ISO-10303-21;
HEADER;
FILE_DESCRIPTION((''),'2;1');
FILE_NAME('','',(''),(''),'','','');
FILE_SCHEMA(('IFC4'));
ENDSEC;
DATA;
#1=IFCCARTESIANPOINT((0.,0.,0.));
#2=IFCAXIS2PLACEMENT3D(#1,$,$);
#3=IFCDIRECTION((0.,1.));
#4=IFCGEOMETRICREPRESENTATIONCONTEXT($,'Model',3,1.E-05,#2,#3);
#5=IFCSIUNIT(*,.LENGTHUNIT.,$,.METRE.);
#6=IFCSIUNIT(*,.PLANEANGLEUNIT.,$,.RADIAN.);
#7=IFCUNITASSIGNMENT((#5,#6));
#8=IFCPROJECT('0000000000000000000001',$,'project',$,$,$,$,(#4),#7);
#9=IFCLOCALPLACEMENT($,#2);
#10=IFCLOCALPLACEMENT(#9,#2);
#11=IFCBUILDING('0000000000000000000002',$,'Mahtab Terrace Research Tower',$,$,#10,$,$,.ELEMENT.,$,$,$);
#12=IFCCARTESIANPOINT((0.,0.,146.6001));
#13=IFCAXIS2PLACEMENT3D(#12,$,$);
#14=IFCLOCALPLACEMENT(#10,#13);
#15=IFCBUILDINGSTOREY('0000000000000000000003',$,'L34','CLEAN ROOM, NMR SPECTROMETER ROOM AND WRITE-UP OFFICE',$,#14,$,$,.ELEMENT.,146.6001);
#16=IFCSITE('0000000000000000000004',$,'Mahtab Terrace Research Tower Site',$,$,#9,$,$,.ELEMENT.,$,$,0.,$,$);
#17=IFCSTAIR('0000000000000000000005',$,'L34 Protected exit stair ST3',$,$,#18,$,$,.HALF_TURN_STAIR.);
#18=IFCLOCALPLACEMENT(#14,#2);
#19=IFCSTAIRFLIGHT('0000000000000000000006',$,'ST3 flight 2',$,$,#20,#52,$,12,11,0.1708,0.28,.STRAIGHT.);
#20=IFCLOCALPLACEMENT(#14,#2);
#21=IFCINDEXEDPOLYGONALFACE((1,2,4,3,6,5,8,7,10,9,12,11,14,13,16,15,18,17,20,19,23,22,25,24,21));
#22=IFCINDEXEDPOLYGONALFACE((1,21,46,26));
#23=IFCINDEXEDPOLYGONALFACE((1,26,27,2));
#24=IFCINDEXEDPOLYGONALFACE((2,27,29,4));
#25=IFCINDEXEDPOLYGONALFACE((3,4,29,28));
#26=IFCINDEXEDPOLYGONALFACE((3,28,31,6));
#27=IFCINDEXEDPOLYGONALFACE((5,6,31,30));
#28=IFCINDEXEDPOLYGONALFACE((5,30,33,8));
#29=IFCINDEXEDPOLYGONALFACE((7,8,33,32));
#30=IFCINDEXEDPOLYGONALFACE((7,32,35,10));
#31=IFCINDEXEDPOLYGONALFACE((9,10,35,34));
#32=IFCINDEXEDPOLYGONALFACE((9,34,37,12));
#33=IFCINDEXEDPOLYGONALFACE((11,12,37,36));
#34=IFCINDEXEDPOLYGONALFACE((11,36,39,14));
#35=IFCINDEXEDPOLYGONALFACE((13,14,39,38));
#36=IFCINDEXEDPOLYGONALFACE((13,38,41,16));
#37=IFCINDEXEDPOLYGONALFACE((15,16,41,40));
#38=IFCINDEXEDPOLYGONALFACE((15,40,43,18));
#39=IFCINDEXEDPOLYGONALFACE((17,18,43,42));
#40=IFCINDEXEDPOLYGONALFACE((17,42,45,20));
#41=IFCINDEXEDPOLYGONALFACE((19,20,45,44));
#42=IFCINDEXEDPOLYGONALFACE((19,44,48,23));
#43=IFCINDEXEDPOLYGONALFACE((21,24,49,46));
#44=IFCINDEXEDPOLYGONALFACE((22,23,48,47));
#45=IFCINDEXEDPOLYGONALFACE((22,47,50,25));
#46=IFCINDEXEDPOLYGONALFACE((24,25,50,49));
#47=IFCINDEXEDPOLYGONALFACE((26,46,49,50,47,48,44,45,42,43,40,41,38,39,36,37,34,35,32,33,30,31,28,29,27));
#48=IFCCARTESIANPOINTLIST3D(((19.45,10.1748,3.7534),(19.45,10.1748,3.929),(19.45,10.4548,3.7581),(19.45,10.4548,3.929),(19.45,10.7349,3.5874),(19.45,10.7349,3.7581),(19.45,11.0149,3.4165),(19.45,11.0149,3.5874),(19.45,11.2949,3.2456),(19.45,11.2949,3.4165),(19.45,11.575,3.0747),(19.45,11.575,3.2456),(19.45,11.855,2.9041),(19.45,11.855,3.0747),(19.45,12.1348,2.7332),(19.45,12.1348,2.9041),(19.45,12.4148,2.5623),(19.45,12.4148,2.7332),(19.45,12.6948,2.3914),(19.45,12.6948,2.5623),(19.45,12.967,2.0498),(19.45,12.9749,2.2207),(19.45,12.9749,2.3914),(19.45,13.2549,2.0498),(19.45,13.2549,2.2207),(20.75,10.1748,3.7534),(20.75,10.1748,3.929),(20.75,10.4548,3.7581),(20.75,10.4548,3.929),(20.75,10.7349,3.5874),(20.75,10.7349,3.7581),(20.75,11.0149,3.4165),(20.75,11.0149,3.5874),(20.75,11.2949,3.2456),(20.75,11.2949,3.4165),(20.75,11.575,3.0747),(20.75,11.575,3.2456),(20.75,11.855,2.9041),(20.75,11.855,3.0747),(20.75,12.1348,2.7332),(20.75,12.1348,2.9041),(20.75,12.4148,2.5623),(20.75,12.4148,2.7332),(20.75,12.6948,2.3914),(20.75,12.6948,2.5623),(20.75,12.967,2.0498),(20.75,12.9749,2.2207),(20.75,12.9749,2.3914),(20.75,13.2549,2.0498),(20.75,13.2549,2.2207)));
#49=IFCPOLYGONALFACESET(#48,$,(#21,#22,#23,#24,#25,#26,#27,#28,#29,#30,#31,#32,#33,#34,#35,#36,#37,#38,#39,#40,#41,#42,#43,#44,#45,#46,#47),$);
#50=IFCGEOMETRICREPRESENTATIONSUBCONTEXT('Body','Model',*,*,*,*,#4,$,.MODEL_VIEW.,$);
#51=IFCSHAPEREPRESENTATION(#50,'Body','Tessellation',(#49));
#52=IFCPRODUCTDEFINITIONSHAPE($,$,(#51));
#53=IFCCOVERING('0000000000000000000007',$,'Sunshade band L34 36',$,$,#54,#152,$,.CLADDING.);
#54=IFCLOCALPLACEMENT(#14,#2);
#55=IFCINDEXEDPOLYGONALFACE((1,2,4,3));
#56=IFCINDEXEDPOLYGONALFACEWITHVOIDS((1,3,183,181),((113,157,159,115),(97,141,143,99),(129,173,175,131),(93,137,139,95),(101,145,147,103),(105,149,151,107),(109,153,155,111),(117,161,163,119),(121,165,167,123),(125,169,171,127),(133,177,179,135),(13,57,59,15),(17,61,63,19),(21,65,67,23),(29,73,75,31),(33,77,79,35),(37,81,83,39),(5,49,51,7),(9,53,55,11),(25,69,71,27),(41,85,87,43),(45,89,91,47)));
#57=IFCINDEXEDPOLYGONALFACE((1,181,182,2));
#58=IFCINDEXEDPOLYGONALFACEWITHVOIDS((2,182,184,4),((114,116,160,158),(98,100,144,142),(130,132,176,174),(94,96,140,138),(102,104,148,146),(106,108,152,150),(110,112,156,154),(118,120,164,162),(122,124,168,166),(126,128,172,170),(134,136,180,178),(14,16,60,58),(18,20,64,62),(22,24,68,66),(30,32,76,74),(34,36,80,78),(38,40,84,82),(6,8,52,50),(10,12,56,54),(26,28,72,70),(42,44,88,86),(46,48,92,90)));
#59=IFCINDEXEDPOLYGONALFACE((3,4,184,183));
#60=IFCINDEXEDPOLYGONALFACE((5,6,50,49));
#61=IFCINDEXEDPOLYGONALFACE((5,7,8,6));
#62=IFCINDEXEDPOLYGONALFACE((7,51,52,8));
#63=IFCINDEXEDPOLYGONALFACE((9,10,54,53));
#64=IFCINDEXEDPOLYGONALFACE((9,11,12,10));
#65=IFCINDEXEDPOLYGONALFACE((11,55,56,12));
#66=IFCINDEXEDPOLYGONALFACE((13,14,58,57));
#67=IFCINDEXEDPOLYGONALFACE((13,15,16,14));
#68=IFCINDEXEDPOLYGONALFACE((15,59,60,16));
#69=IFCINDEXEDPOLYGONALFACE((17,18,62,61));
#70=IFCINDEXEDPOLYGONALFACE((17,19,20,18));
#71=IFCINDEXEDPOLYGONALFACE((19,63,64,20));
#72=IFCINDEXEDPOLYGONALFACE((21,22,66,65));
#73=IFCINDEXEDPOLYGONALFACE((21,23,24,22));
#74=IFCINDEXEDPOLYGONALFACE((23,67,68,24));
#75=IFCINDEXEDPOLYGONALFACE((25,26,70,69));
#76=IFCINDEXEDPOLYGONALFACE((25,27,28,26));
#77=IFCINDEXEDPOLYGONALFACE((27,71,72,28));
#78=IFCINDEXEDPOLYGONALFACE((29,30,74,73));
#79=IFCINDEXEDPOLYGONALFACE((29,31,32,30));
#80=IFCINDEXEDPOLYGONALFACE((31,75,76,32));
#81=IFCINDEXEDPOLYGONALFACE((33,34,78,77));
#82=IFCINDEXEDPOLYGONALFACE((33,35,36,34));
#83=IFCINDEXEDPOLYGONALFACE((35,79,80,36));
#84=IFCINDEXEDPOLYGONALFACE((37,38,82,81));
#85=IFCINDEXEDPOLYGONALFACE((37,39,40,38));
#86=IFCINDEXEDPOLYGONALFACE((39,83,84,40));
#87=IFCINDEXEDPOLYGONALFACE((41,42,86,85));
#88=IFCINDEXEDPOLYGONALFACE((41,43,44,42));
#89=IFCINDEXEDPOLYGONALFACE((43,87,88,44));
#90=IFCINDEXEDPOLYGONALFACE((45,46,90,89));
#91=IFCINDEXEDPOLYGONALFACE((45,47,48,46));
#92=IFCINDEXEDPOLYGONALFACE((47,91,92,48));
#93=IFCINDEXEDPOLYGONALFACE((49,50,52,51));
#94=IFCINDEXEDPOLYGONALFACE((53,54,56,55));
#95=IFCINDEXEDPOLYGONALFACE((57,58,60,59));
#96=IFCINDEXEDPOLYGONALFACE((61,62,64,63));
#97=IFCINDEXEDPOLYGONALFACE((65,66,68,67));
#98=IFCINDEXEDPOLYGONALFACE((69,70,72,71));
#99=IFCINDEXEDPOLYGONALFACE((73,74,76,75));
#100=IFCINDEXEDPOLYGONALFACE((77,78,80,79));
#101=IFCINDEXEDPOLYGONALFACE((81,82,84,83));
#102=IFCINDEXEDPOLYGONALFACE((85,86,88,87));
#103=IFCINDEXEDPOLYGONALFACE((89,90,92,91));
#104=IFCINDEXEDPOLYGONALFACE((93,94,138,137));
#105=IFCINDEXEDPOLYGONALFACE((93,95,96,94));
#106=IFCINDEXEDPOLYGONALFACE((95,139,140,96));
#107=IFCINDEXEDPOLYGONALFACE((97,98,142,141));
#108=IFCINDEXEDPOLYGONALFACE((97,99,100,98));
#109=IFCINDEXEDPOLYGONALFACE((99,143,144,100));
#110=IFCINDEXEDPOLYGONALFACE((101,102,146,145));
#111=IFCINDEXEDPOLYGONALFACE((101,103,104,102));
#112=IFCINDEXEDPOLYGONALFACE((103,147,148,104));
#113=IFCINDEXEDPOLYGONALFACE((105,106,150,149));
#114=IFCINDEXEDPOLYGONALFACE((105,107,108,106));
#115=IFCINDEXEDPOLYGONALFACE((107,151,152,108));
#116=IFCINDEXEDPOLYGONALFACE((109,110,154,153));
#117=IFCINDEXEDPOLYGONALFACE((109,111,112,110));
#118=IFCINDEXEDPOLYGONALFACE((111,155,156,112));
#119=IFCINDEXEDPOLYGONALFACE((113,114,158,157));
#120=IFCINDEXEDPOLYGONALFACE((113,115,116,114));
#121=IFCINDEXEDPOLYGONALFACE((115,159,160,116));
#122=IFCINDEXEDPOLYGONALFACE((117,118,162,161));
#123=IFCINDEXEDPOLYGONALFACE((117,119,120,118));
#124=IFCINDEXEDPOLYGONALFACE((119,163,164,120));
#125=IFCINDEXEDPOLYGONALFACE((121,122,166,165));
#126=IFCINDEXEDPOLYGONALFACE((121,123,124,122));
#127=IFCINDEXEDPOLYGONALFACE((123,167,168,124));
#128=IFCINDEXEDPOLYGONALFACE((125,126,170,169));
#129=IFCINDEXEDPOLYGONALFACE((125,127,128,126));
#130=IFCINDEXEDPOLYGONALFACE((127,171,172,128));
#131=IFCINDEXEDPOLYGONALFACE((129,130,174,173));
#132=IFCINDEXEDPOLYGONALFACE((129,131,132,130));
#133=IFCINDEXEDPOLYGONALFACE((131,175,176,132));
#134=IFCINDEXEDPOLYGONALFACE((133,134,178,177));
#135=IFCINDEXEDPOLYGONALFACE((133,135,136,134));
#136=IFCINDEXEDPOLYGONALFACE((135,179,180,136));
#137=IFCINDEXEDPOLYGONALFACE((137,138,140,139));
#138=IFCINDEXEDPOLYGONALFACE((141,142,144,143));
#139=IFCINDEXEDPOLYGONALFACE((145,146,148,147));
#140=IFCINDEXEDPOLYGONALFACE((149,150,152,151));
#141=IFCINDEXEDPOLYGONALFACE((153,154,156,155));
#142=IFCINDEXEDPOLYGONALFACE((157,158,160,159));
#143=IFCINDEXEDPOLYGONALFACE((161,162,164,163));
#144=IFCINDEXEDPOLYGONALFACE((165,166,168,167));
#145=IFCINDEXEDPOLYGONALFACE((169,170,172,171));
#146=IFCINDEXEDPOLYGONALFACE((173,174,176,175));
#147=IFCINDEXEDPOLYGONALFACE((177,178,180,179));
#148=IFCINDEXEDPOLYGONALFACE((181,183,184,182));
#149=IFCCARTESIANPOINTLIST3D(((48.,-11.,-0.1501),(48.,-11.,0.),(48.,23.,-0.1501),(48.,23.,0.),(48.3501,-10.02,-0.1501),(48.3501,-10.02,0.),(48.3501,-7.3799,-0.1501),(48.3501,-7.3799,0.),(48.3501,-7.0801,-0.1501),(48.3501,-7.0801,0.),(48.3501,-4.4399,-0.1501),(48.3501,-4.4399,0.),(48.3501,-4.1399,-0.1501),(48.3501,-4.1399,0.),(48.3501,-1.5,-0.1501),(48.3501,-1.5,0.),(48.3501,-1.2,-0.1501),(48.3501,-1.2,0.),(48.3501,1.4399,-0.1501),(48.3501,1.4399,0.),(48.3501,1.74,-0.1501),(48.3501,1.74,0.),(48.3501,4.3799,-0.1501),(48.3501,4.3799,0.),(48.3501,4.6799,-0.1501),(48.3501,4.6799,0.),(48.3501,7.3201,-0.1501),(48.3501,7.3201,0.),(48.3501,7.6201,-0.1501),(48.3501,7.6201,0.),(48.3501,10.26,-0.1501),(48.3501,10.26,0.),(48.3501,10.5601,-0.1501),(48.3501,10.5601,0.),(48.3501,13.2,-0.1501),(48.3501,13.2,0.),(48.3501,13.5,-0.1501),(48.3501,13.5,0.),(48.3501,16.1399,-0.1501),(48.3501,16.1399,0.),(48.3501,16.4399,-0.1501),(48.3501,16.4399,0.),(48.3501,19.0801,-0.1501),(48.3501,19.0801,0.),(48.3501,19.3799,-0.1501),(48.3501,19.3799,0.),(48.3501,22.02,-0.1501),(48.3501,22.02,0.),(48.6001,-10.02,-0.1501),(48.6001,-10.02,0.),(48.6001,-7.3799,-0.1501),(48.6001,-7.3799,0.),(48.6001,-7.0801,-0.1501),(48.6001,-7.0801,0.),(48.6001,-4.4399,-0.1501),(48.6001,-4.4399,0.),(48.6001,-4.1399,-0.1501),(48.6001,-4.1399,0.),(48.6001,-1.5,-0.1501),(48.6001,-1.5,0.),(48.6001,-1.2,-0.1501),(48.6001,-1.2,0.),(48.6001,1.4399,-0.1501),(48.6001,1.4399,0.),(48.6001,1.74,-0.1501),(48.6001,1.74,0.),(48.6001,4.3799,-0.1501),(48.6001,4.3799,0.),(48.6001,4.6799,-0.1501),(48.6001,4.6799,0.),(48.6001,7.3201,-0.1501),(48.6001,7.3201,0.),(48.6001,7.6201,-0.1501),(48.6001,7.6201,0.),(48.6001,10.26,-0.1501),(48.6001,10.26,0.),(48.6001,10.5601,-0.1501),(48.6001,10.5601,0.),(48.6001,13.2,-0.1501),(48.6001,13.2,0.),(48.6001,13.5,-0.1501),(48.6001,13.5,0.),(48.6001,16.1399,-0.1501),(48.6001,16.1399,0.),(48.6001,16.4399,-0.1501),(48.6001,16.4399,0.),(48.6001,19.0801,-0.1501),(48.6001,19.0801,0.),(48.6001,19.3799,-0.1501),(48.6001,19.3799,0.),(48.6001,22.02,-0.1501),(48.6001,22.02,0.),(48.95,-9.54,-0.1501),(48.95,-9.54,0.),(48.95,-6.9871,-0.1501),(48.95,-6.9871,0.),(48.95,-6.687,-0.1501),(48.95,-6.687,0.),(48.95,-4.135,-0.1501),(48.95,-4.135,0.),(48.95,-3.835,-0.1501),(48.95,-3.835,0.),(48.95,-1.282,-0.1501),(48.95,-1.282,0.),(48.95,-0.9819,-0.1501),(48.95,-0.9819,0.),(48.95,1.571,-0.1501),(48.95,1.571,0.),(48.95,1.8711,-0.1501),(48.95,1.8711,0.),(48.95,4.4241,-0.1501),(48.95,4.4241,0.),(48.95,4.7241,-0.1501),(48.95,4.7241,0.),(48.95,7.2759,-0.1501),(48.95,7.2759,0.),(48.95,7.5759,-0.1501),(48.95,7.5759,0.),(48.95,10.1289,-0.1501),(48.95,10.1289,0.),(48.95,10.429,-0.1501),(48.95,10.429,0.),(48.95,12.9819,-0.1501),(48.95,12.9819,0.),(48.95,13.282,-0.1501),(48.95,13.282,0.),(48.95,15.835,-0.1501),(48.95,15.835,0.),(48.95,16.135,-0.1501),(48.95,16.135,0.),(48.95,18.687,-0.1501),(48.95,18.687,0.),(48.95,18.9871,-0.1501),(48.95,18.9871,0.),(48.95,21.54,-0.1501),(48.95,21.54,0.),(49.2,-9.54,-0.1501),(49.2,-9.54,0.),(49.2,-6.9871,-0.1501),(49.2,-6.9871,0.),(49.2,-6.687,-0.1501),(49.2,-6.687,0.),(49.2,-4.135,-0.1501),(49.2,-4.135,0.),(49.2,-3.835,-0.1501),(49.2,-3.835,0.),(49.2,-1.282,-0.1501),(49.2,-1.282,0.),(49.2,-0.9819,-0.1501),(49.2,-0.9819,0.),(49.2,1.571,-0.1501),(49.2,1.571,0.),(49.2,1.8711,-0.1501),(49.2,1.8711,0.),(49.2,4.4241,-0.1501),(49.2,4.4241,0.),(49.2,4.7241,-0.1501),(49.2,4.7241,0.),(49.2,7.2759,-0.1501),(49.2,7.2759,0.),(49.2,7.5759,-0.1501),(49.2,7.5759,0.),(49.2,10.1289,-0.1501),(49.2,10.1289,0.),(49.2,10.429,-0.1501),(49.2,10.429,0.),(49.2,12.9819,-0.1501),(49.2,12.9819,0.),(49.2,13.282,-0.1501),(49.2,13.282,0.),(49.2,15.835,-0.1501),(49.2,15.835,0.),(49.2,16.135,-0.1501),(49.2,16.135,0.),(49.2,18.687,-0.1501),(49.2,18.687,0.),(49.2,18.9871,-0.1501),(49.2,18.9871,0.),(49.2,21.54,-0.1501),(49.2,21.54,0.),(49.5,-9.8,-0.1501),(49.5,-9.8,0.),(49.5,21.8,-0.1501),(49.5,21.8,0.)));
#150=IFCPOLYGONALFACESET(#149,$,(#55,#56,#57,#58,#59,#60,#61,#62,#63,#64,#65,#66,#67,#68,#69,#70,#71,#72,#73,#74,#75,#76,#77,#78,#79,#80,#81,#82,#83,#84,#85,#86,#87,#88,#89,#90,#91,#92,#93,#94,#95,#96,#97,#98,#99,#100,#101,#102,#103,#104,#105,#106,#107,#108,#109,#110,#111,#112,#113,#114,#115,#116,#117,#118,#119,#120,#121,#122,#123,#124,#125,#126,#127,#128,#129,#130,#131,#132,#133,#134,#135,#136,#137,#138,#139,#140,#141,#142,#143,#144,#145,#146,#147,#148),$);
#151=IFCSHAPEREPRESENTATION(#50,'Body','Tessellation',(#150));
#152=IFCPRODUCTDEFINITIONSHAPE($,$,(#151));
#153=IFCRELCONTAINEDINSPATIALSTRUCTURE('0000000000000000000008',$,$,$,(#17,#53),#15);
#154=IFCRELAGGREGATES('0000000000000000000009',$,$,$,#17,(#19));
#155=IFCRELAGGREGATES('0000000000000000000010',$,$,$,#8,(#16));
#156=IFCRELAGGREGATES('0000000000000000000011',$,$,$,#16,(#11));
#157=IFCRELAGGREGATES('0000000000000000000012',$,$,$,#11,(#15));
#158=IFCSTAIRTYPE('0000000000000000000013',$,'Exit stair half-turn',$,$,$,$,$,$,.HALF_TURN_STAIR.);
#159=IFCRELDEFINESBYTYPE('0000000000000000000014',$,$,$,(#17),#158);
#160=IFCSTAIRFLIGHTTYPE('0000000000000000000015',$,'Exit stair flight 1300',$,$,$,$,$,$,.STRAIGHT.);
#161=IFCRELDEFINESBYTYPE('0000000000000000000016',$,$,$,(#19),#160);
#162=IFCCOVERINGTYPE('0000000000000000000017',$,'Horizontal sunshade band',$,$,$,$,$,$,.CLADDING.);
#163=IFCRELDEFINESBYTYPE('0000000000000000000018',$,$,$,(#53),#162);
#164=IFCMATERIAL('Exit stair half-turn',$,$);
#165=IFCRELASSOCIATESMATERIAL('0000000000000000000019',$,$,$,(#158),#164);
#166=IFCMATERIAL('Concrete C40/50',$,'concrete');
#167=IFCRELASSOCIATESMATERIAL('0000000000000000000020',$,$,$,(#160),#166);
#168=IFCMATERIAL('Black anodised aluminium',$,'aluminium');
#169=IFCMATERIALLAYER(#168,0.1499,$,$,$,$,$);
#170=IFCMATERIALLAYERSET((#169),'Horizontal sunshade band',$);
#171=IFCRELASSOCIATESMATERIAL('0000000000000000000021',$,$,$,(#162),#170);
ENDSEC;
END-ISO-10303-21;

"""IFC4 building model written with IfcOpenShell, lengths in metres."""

from ifc_helpers import new_model, si_unit, direction, frame, origin, place, context, subcontext, project, spatial, polyline, outline, extrude, material, layer, layer_set, type_object, element, aggregate, save


model = new_model("IFC4")

# Units and contexts
model_context = context("Model", 3, precision=1e-05, world=origin(), true_north=direction((0.0, 1.0)))
body_context = subcontext(model_context, "Body", "Model", "MODEL_VIEW")
ifc_project = project(units=[si_unit("LENGTHUNIT", "METRE"), si_unit("PLANEANGLEUNIT", "RADIAN")], contexts=[model_context])

# Site, building, storey
site_placement = place(None, origin())
site = spatial("IfcSite", under=ifc_project, at=site_placement, Name="Mahtab Terrace Research Tower Site", CompositionType="ELEMENT", RefElevation=0.0)
building_placement = place(site_placement, origin())
building = spatial("IfcBuilding", under=site, at=building_placement, Name="Mahtab Terrace Research Tower", CompositionType="ELEMENT")
storey_placement = place(building_placement, frame((0.0, 0.0, 146.6001)))
storey = spatial("IfcBuildingStorey", under=building, at=storey_placement, Name="L34", Description="CLEAN ROOM, NMR SPECTROMETER ROOM AND WRITE-UP OFFICE", CompositionType="ELEMENT", Elevation=146.6001)

# Stair
ifc_material_1 = material(Name="Exit stair half-turn")
stair_type = type_object("IfcStairType", Name="Exit stair half-turn", PredefinedType="HALF_TURN_STAIR", material=ifc_material_1)
ifc_material_2 = material(Name="Concrete C40/50", Category="concrete")
stair_1_placement = place(storey_placement, origin())
stair_1 = element("IfcStair", 1, at=stair_1_placement, inside=storey, type_object=stair_type, Name="L34 Protected exit stair ST3", PredefinedType="HALF_TURN_STAIR")

# Stair flight
stair_flight_type = type_object("IfcStairFlightType", Name="Exit stair flight 1300", PredefinedType="STRAIGHT", material=ifc_material_2)
stair_flight_1_placement = place(storey_placement, frame((20.1001, 13.2549, 2.0498), z_axis=(0.0, 0.0, 1.0), x_axis=(0.0, -1.0, 0.0)))
stair_flight_1 = element("IfcStairFlight", 2, at=stair_flight_1_placement, type_object=stair_flight_type, Name="ST3 flight 2", NumberOfRisers=12, NumberOfTreads=11, PredefinedType="STRAIGHT", RiserHeight=0.1708, TreadLength=0.28, context=body_context, shape_type="SweptSolid", body=[
    extrude(outline(polyline([(0.0, 0.0), (0.0, 0.1709), (0.28, 0.1709), (0.28, 0.3416), (0.5601, 0.3416), (0.5601, 0.5125), (0.8401, 0.5125), (0.8401, 0.6833), (1.1201, 0.6833), (1.1201, 0.8542), (1.3999, 0.8542), (1.3999, 1.0249), (1.6799, 1.0249), (1.6799, 1.1958), (1.96, 1.1958), (1.96, 1.3667), (2.24, 1.3667), (2.24, 1.5376), (2.52, 1.5376), (2.52, 1.7083), (2.8, 1.7083), (2.8, 1.8792), (3.0801, 1.8792), (3.0801, 2.05), (3.0801, 1.7036), (0.2878, 0.0), (0.0, 0.0)])), frame((0.0, 0.6499, 0.0), z_axis=(0.0, -1.0, 0.0), x_axis=(1.0, 0.0, 0.0)), (0.0, 0.0, 1.0), 1.3),
])
aggregate(stair_1, [stair_flight_1])

# Covering
ifc_material_3 = material(Name="Black anodised aluminium", Category="aluminium")
ifc_layer_1 = layer(ifc_material_3, 0.1499)
ifc_layer_set_1 = layer_set([ifc_layer_1], Name="Horizontal sunshade band")
covering_type = type_object("IfcCoveringType", Name="Horizontal sunshade band", PredefinedType="CLADDING", material=ifc_layer_set_1)
covering_placement = place(storey_placement, frame((0.0, 0.0, -0.1501)))
element("IfcCovering", 3, at=covering_placement, inside=storey, type_object=covering_type, Name="Sunshade band L34 36", PredefinedType="CLADDING", context=body_context, shape_type="SweptSolid", body=[
    extrude(outline(polyline([(48.0, -11.0), (48.0, 23.0), (49.5, 21.8), (49.5, -9.8), (48.0, -11.0)]), holes=[polyline([(48.3501, -10.02), (48.3501, -7.3799), (48.6001, -7.3799), (48.6001, -10.02), (48.3501, -10.02)]), polyline([(48.3501, -7.0801), (48.3501, -4.4399), (48.6001, -4.4399), (48.6001, -7.0801), (48.3501, -7.0801)]), polyline([(48.3501, -4.1399), (48.3501, -1.5), (48.6001, -1.5), (48.6001, -4.1399), (48.3501, -4.1399)]), polyline([(48.3501, -1.2), (48.3501, 1.4399), (48.6001, 1.4399), (48.6001, -1.2), (48.3501, -1.2)]), polyline([(48.3501, 1.74), (48.3501, 4.3799), (48.6001, 4.3799), (48.6001, 1.74), (48.3501, 1.74)]), polyline([(48.3501, 4.6799), (48.3501, 7.3201), (48.6001, 7.3201), (48.6001, 4.6799), (48.3501, 4.6799)]), polyline([(48.3501, 7.6201), (48.3501, 10.26), (48.6001, 10.26), (48.6001, 7.6201), (48.3501, 7.6201)]), polyline([(48.3501, 10.5601), (48.3501, 13.2), (48.6001, 13.2), (48.6001, 10.5601), (48.3501, 10.5601)]), polyline([(48.3501, 13.5), (48.3501, 16.1399), (48.6001, 16.1399), (48.6001, 13.5), (48.3501, 13.5)]), polyline([(48.3501, 16.4399), (48.3501, 19.0801), (48.6001, 19.0801), (48.6001, 16.4399), (48.3501, 16.4399)]), polyline([(48.3501, 19.3799), (48.3501, 22.02), (48.6001, 22.02), (48.6001, 19.3799), (48.3501, 19.3799)]), polyline([(48.95, -9.54), (48.95, -6.9871), (49.2, -6.9871), (49.2, -9.54), (48.95, -9.54)]), polyline([(48.95, -6.687), (48.95, -4.135), (49.2, -4.135), (49.2, -6.687), (48.95, -6.687)]), polyline([(48.95, -3.835), (48.95, -1.282), (49.2, -1.282), (49.2, -3.835), (48.95, -3.835)]), polyline([(48.95, -0.9819), (48.95, 1.571), (49.2, 1.571), (49.2, -0.9819), (48.95, -0.9819)]), polyline([(48.95, 1.8711), (48.95, 4.4241), (49.2, 4.4241), (49.2, 1.8711), (48.95, 1.8711)]), polyline([(48.95, 4.7241), (48.95, 7.2759), (49.2, 7.2759), (49.2, 4.7241), (48.95, 4.7241)]), polyline([(48.95, 7.5759), (48.95, 10.1289), (49.2, 10.1289), (49.2, 7.5759), (48.95, 7.5759)]), polyline([(48.95, 10.429), (48.95, 12.9819), (49.2, 12.9819), (49.2, 10.429), (48.95, 10.429)]), polyline([(48.95, 13.282), (48.95, 15.835), (49.2, 15.835), (49.2, 13.282), (48.95, 13.282)]), polyline([(48.95, 16.135), (48.95, 18.687), (49.2, 18.687), (49.2, 16.135), (48.95, 16.135)]), polyline([(48.95, 18.9871), (48.95, 21.54), (49.2, 21.54), (49.2, 18.9871), (48.95, 18.9871)])]), origin(), (0.0, 0.0, 1.0), 0.1501),
])

save(model, "model.ifc")
